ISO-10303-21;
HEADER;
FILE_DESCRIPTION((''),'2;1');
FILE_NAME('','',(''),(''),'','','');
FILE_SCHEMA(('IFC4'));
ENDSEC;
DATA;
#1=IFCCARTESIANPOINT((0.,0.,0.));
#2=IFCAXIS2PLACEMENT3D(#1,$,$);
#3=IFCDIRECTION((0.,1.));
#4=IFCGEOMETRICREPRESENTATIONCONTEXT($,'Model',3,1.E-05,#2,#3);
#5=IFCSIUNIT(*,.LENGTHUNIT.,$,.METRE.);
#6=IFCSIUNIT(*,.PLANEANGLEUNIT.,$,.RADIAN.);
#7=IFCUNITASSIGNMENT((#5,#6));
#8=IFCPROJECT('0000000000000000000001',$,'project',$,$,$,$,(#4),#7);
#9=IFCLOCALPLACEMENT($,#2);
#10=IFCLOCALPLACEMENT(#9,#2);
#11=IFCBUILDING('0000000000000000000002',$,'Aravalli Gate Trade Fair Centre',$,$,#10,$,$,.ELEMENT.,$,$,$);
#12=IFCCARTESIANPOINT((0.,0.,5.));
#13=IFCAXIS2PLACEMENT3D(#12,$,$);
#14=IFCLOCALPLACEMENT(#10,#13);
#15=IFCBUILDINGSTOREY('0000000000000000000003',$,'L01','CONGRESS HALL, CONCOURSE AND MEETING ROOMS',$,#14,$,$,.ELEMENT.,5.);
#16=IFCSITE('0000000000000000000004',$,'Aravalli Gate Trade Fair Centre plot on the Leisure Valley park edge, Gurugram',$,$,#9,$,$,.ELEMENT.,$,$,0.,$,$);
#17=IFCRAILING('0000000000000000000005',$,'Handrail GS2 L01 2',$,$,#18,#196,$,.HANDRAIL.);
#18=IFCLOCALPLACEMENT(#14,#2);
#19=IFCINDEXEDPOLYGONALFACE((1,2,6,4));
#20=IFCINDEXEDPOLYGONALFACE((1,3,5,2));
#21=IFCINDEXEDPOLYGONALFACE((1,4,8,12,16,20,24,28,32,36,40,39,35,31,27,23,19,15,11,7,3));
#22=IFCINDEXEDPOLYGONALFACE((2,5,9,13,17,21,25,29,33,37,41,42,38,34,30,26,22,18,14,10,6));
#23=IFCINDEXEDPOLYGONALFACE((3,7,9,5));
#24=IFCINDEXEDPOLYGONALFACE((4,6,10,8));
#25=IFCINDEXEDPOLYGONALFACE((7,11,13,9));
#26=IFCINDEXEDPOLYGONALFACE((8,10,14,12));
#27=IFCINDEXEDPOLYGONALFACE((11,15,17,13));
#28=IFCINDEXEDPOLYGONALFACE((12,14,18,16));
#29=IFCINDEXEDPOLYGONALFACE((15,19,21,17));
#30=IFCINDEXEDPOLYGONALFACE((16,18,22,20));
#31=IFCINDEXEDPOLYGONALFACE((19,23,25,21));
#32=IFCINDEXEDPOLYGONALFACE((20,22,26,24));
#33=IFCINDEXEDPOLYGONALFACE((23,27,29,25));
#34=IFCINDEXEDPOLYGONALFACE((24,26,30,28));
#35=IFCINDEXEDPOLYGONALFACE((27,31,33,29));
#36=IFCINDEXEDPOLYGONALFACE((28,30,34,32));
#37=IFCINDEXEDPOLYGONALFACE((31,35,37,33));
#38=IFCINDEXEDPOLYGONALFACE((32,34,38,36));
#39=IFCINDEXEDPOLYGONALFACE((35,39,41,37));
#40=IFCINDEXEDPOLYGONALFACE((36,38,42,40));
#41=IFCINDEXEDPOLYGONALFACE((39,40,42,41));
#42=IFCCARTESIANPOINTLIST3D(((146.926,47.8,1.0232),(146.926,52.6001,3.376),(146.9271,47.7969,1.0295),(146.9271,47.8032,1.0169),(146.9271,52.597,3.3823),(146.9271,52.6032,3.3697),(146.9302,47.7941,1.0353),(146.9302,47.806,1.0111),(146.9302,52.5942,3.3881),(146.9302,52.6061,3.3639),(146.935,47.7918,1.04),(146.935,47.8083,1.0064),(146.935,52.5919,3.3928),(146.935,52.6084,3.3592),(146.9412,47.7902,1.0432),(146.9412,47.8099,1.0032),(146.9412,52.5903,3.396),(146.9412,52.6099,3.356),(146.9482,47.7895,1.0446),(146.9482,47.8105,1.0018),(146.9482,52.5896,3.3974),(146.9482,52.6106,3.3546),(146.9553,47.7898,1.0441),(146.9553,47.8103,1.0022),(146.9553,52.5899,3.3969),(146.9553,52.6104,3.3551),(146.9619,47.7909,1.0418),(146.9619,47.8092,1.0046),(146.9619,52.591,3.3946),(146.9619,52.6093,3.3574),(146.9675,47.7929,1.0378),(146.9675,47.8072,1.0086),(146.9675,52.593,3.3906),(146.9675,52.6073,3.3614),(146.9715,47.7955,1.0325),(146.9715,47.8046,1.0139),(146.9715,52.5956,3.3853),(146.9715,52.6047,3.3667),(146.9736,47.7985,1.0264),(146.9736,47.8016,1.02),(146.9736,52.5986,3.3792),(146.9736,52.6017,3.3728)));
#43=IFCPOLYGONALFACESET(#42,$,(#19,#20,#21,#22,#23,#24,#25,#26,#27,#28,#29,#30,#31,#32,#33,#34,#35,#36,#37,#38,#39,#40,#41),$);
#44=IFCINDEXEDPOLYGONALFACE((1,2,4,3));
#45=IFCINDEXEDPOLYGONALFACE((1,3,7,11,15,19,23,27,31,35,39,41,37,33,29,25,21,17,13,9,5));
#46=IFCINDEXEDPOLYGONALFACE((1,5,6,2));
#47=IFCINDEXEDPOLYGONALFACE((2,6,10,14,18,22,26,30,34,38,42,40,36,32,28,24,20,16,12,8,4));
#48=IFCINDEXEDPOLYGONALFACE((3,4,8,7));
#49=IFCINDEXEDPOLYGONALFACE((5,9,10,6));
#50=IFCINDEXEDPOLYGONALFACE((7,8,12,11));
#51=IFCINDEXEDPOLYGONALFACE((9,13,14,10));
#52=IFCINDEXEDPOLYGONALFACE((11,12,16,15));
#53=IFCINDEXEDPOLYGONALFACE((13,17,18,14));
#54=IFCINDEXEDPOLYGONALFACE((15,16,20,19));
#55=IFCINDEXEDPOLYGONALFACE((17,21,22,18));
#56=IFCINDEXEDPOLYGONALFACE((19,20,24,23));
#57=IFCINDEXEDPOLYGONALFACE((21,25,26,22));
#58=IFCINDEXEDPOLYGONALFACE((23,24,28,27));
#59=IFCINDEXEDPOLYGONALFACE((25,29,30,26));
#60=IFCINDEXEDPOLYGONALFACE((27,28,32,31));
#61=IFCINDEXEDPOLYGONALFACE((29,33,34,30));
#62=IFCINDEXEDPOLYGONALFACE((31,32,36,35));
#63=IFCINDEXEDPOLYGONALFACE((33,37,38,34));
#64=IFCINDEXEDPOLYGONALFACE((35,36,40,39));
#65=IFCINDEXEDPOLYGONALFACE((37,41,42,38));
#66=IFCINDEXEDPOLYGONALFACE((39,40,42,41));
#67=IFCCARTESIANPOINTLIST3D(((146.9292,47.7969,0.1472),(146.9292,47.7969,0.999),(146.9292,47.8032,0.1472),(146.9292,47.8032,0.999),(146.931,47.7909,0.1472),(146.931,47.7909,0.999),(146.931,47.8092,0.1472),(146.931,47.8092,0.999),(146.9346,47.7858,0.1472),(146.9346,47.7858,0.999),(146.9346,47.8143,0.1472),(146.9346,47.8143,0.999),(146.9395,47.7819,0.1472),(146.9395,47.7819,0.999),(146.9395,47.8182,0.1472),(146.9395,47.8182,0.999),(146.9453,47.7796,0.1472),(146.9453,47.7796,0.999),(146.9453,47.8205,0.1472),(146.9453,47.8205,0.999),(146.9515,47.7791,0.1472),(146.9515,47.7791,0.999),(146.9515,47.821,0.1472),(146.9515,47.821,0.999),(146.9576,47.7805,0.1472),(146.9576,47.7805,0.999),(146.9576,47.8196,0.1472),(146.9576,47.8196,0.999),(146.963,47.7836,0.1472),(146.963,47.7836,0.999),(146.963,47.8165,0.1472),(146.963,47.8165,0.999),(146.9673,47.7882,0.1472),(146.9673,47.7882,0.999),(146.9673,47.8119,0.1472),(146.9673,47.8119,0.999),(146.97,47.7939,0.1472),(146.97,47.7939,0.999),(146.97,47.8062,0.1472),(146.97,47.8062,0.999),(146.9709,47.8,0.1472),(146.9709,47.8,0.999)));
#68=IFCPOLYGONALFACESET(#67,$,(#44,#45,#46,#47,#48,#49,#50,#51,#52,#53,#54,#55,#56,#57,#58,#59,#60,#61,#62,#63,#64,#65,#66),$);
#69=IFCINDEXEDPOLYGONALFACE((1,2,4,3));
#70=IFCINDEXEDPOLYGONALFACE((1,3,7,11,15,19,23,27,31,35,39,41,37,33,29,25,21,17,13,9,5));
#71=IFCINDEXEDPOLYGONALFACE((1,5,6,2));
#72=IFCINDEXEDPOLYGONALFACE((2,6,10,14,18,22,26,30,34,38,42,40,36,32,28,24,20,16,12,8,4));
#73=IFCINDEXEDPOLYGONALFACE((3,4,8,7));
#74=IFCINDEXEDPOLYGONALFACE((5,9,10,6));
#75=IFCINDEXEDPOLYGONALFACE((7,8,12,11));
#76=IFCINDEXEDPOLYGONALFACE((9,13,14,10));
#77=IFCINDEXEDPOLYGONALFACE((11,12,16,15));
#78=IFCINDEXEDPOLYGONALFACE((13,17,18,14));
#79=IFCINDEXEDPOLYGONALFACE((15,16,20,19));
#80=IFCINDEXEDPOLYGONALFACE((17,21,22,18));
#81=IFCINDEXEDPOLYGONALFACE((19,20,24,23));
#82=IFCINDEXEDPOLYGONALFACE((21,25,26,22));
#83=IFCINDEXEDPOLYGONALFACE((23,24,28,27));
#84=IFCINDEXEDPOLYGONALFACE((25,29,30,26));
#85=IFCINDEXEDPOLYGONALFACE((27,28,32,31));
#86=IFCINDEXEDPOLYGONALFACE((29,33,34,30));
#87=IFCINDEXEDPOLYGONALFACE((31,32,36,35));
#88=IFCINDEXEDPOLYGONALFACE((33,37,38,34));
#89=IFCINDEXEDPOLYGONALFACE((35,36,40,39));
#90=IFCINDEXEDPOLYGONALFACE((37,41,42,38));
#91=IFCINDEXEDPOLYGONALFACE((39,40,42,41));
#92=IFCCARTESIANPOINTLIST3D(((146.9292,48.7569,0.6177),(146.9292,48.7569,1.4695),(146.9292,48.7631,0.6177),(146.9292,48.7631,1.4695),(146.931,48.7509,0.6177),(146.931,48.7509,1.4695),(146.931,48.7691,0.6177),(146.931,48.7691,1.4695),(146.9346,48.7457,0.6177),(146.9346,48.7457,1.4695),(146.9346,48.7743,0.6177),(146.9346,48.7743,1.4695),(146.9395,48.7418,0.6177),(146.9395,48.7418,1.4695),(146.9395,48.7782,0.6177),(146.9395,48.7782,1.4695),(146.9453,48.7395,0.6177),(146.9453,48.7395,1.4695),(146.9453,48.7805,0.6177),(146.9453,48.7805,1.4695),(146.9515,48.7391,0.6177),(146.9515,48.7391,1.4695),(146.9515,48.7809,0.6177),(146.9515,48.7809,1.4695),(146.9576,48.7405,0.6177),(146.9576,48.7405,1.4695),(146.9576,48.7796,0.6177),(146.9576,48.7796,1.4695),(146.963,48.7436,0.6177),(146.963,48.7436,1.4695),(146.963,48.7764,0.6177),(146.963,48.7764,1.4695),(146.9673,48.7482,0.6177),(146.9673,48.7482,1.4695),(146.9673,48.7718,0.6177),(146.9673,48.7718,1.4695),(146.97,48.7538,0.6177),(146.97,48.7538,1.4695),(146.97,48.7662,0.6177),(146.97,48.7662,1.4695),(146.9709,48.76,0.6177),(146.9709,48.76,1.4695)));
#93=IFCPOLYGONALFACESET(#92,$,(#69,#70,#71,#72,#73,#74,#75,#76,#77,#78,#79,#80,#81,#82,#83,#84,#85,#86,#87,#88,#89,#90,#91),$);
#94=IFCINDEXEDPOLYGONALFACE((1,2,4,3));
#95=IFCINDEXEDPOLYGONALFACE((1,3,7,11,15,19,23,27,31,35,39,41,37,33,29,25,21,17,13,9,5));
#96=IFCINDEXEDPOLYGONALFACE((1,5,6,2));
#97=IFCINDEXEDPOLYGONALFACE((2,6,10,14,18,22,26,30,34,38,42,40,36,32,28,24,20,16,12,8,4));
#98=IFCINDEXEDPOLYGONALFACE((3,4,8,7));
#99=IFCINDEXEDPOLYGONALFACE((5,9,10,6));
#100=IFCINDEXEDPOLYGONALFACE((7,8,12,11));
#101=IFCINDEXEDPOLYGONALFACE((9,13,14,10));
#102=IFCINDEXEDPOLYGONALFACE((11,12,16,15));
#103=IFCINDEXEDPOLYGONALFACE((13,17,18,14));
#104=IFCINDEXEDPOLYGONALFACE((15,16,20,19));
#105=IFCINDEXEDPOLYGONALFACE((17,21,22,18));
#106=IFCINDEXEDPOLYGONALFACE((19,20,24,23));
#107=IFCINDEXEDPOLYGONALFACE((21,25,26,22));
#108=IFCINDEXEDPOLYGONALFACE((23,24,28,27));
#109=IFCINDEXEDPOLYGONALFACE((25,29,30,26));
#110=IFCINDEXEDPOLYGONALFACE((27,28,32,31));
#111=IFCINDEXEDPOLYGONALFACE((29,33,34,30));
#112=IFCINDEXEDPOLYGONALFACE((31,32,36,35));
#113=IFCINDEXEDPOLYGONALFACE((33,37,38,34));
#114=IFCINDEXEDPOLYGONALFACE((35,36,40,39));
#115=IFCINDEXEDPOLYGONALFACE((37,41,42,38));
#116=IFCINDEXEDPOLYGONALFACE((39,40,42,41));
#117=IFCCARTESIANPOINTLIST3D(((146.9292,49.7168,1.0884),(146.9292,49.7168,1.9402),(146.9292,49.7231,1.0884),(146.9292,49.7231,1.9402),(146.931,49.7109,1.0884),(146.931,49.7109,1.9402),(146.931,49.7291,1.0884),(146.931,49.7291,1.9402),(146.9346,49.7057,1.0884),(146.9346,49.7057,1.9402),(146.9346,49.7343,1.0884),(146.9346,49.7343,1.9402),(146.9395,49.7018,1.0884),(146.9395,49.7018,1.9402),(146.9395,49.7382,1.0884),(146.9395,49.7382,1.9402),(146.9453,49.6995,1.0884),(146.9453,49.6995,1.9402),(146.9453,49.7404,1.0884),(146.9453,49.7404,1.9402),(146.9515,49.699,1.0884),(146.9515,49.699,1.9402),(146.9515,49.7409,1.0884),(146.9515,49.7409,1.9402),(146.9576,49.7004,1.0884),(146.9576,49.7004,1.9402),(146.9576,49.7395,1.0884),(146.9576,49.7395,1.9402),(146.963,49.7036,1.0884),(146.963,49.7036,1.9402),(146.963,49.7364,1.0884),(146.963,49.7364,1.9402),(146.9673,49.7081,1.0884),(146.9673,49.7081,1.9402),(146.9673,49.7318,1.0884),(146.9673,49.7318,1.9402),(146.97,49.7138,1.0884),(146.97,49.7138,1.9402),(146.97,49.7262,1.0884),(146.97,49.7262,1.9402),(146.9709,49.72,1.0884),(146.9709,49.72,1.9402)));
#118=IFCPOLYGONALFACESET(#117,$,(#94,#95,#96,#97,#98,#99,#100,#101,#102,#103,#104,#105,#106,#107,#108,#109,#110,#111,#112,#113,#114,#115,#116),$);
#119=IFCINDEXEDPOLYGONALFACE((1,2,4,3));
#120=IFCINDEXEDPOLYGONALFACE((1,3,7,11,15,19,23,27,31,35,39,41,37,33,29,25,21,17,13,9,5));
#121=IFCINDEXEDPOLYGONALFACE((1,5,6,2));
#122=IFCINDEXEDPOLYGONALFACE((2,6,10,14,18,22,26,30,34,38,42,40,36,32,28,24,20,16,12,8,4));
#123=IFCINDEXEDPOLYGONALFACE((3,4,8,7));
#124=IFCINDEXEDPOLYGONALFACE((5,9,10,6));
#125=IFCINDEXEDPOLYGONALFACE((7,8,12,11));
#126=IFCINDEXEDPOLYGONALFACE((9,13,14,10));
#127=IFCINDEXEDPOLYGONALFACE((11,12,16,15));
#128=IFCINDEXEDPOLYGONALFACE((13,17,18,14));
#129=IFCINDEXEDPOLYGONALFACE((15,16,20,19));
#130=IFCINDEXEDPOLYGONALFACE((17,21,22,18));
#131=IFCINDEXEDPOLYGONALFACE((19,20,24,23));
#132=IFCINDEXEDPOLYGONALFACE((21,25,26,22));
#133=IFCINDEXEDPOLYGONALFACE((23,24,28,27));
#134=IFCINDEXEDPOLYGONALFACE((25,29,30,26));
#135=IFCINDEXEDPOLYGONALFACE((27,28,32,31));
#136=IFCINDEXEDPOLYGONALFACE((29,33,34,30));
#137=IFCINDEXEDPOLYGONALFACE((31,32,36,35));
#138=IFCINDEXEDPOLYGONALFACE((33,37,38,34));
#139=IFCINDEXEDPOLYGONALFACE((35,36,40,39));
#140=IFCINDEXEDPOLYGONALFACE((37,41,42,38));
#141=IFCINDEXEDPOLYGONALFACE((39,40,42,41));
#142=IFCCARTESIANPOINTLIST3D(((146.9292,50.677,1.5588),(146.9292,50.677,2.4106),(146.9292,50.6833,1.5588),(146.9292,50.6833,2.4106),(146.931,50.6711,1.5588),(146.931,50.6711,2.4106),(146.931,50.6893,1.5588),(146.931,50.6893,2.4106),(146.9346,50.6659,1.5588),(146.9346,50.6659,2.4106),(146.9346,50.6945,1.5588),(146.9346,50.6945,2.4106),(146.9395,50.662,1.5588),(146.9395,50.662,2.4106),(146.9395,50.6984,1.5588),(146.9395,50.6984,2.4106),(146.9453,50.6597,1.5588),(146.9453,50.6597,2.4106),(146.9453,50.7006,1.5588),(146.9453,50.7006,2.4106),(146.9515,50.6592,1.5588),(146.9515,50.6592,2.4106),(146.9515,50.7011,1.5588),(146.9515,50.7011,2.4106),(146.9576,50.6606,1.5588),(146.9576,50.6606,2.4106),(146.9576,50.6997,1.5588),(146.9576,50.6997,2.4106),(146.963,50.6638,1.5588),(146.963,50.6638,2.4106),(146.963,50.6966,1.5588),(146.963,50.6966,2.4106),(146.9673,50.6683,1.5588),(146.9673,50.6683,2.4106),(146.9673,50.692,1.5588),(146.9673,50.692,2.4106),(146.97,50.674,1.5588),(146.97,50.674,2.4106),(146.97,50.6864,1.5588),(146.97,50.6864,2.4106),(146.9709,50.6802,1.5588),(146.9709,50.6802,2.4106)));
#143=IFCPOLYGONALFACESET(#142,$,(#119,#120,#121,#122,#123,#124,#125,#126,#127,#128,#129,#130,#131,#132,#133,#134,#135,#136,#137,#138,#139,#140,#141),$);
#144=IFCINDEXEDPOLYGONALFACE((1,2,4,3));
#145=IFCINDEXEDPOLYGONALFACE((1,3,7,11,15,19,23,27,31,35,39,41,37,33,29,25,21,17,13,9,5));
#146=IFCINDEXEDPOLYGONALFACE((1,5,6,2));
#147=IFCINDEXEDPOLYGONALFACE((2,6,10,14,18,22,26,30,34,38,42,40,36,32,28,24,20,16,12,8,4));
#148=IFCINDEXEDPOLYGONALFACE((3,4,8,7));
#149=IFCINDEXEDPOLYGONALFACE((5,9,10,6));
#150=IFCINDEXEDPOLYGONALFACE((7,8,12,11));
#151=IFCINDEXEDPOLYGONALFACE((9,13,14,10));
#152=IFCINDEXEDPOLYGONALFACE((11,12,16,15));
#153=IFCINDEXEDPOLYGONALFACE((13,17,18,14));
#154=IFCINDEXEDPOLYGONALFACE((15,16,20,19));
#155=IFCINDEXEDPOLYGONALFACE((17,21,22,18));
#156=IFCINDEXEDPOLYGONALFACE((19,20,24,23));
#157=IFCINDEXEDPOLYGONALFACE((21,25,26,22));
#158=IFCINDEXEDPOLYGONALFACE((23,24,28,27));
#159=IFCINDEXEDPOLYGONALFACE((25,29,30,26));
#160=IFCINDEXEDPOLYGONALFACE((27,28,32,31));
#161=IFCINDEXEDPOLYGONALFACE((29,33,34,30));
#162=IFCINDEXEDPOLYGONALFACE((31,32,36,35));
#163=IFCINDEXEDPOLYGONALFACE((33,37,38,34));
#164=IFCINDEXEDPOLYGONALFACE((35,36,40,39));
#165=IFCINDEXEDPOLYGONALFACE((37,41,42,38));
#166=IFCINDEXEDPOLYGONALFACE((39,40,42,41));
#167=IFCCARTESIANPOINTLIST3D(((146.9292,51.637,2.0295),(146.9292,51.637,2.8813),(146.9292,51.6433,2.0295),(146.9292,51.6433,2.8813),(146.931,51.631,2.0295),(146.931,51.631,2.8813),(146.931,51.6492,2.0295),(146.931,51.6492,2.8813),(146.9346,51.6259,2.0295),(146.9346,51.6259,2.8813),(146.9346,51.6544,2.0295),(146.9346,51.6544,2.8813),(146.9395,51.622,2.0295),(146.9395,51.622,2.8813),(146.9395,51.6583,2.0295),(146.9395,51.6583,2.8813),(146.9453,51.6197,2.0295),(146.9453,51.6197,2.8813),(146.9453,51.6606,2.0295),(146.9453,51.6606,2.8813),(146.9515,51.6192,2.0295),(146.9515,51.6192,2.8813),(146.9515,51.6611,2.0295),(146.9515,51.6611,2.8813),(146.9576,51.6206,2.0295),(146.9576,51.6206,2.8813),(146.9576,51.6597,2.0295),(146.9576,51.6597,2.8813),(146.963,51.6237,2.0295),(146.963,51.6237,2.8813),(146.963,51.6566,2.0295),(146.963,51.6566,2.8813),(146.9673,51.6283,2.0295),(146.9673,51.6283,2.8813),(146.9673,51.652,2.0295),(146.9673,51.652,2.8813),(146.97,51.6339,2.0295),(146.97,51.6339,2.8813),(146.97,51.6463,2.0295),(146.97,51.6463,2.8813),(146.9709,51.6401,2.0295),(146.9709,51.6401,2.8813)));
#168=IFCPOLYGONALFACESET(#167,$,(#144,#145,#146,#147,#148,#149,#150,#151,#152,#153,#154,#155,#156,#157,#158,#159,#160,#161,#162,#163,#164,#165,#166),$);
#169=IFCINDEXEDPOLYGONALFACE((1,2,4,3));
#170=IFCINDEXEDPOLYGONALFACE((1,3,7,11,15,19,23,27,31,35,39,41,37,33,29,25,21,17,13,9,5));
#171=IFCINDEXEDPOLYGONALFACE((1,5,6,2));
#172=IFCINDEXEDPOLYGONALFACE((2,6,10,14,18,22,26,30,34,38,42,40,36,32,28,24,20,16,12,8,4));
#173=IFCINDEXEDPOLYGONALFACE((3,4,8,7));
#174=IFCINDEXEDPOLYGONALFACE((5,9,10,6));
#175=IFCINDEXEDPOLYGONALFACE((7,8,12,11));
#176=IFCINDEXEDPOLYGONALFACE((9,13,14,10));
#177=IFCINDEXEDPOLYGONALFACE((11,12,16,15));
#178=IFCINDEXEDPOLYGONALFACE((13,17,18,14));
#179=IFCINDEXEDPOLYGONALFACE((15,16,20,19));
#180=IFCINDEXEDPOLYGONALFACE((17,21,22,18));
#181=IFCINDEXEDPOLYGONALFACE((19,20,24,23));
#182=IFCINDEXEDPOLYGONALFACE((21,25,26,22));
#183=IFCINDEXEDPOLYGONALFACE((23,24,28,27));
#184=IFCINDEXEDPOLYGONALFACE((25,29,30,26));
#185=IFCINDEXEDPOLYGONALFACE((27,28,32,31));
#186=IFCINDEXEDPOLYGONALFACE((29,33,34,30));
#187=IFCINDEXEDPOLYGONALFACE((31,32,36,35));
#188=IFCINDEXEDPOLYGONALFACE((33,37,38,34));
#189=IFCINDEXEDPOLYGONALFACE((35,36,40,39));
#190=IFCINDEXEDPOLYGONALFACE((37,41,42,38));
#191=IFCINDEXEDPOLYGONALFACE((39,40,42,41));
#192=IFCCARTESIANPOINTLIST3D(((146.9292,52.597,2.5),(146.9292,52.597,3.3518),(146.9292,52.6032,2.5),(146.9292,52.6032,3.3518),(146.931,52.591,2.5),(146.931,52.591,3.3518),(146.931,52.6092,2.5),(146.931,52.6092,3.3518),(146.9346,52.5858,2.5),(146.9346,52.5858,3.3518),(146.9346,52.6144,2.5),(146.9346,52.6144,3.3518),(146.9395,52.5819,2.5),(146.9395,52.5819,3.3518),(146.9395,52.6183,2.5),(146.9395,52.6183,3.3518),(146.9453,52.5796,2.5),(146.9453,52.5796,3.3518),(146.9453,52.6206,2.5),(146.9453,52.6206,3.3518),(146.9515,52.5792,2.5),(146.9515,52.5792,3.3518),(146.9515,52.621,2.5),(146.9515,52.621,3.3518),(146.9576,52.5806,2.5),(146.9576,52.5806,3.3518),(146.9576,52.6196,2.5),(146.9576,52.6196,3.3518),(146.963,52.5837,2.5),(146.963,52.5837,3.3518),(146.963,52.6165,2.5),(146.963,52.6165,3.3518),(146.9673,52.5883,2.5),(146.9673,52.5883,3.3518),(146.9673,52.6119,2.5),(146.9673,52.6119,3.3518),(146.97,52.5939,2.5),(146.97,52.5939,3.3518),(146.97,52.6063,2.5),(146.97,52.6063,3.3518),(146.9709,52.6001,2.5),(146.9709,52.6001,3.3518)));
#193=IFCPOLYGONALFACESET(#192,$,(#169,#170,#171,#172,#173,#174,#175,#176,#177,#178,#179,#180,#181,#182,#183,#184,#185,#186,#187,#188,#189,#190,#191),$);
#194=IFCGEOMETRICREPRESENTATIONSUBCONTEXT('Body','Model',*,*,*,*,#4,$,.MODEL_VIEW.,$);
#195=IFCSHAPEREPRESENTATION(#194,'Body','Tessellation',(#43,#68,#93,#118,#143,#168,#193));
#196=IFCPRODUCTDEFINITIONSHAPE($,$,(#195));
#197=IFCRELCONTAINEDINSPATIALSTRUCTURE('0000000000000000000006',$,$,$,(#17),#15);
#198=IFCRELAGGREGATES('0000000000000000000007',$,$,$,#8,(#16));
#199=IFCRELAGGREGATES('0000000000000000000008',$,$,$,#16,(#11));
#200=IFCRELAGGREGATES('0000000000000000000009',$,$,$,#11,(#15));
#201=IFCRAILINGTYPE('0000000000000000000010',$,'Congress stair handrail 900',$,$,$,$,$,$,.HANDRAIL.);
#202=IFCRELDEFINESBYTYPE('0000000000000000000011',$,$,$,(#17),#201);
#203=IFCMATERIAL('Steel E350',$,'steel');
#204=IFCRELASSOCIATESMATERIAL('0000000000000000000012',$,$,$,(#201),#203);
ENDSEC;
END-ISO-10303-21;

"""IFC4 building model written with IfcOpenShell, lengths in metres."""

from ifc_helpers import new_model, si_unit, direction, frame, origin, origin_2d, place, context, subcontext, project, spatial, circle, extrude, material, type_object, element, save


model = new_model("IFC4")

# Units and contexts
model_context = context("Model", 3, precision=1e-05, world=origin(), true_north=direction((0.0, 1.0)))
body_context = subcontext(model_context, "Body", "Model", "MODEL_VIEW")
ifc_project = project(units=[si_unit("LENGTHUNIT", "METRE"), si_unit("PLANEANGLEUNIT", "RADIAN")], contexts=[model_context])

# Site, building, storey
site_placement = place(None, origin())
site = spatial("IfcSite", under=ifc_project, at=site_placement, Name="Aravalli Gate Trade Fair Centre plot on the Leisure Valley park edge, Gurugram", CompositionType="ELEMENT", RefElevation=0.0)
building_placement = place(site_placement, origin())
building = spatial("IfcBuilding", under=site, at=building_placement, Name="Aravalli Gate Trade Fair Centre", CompositionType="ELEMENT")
storey_placement = place(building_placement, frame((0.0, 0.0, 5.0)))
storey = spatial("IfcBuildingStorey", under=building, at=storey_placement, Name="L01", Description="CONGRESS HALL, CONCOURSE AND MEETING ROOMS", CompositionType="ELEMENT", Elevation=5.0)

# Railing
ifc_material_1 = material(Name="Steel E350", Category="steel")
railing_type = type_object("IfcRailingType", Name="Congress stair handrail 900", PredefinedType="HANDRAIL", material=ifc_material_1)
for number, where, name in (
    (1, (146.95, 47.8, 0.1472), "Handrail GS2 L01 2"),
):
    element("IfcRailing", number, at=place(storey_placement, frame(where)), inside=storey, type_object=railing_type, Name=name, PredefinedType="HANDRAIL", context=body_context, shape_type="SweptSolid", body=[
        extrude(circle(Radius=0.0239, at=origin_2d()), frame((0.0, 0.0, 0.876), z_axis=(0.0, 0.897934, 0.44013), x_axis=(-1.0, 0.0, 0.0)), (0.0, 0.0, 1.0), 5.3457),
        extrude(circle(Radius=0.021, at=origin_2d()), origin(), (0.0, 0.0, 1.0), 0.8518),
        extrude(circle(Radius=0.021, at=origin_2d()), frame((0.0, 0.96, 0.4705)), (0.0, 0.0, 1.0), 0.8518),
        extrude(circle(Radius=0.021, at=origin_2d()), frame((0.0, 1.9199, 0.9412)), (0.0, 0.0, 1.0), 0.8518),
        extrude(circle(Radius=0.021, at=origin_2d()), frame((0.0, 2.8801, 1.4116)), (0.0, 0.0, 1.0), 0.8518),
        extrude(circle(Radius=0.021, at=origin_2d()), frame((0.0, 3.8401, 1.8823)), (0.0, 0.0, 1.0), 0.8518),
        extrude(circle(Radius=0.021, at=origin_2d()), frame((0.0, 4.8, 2.3528)), (0.0, 0.0, 1.0), 0.8518),
    ])

save(model, "model.ifc")
